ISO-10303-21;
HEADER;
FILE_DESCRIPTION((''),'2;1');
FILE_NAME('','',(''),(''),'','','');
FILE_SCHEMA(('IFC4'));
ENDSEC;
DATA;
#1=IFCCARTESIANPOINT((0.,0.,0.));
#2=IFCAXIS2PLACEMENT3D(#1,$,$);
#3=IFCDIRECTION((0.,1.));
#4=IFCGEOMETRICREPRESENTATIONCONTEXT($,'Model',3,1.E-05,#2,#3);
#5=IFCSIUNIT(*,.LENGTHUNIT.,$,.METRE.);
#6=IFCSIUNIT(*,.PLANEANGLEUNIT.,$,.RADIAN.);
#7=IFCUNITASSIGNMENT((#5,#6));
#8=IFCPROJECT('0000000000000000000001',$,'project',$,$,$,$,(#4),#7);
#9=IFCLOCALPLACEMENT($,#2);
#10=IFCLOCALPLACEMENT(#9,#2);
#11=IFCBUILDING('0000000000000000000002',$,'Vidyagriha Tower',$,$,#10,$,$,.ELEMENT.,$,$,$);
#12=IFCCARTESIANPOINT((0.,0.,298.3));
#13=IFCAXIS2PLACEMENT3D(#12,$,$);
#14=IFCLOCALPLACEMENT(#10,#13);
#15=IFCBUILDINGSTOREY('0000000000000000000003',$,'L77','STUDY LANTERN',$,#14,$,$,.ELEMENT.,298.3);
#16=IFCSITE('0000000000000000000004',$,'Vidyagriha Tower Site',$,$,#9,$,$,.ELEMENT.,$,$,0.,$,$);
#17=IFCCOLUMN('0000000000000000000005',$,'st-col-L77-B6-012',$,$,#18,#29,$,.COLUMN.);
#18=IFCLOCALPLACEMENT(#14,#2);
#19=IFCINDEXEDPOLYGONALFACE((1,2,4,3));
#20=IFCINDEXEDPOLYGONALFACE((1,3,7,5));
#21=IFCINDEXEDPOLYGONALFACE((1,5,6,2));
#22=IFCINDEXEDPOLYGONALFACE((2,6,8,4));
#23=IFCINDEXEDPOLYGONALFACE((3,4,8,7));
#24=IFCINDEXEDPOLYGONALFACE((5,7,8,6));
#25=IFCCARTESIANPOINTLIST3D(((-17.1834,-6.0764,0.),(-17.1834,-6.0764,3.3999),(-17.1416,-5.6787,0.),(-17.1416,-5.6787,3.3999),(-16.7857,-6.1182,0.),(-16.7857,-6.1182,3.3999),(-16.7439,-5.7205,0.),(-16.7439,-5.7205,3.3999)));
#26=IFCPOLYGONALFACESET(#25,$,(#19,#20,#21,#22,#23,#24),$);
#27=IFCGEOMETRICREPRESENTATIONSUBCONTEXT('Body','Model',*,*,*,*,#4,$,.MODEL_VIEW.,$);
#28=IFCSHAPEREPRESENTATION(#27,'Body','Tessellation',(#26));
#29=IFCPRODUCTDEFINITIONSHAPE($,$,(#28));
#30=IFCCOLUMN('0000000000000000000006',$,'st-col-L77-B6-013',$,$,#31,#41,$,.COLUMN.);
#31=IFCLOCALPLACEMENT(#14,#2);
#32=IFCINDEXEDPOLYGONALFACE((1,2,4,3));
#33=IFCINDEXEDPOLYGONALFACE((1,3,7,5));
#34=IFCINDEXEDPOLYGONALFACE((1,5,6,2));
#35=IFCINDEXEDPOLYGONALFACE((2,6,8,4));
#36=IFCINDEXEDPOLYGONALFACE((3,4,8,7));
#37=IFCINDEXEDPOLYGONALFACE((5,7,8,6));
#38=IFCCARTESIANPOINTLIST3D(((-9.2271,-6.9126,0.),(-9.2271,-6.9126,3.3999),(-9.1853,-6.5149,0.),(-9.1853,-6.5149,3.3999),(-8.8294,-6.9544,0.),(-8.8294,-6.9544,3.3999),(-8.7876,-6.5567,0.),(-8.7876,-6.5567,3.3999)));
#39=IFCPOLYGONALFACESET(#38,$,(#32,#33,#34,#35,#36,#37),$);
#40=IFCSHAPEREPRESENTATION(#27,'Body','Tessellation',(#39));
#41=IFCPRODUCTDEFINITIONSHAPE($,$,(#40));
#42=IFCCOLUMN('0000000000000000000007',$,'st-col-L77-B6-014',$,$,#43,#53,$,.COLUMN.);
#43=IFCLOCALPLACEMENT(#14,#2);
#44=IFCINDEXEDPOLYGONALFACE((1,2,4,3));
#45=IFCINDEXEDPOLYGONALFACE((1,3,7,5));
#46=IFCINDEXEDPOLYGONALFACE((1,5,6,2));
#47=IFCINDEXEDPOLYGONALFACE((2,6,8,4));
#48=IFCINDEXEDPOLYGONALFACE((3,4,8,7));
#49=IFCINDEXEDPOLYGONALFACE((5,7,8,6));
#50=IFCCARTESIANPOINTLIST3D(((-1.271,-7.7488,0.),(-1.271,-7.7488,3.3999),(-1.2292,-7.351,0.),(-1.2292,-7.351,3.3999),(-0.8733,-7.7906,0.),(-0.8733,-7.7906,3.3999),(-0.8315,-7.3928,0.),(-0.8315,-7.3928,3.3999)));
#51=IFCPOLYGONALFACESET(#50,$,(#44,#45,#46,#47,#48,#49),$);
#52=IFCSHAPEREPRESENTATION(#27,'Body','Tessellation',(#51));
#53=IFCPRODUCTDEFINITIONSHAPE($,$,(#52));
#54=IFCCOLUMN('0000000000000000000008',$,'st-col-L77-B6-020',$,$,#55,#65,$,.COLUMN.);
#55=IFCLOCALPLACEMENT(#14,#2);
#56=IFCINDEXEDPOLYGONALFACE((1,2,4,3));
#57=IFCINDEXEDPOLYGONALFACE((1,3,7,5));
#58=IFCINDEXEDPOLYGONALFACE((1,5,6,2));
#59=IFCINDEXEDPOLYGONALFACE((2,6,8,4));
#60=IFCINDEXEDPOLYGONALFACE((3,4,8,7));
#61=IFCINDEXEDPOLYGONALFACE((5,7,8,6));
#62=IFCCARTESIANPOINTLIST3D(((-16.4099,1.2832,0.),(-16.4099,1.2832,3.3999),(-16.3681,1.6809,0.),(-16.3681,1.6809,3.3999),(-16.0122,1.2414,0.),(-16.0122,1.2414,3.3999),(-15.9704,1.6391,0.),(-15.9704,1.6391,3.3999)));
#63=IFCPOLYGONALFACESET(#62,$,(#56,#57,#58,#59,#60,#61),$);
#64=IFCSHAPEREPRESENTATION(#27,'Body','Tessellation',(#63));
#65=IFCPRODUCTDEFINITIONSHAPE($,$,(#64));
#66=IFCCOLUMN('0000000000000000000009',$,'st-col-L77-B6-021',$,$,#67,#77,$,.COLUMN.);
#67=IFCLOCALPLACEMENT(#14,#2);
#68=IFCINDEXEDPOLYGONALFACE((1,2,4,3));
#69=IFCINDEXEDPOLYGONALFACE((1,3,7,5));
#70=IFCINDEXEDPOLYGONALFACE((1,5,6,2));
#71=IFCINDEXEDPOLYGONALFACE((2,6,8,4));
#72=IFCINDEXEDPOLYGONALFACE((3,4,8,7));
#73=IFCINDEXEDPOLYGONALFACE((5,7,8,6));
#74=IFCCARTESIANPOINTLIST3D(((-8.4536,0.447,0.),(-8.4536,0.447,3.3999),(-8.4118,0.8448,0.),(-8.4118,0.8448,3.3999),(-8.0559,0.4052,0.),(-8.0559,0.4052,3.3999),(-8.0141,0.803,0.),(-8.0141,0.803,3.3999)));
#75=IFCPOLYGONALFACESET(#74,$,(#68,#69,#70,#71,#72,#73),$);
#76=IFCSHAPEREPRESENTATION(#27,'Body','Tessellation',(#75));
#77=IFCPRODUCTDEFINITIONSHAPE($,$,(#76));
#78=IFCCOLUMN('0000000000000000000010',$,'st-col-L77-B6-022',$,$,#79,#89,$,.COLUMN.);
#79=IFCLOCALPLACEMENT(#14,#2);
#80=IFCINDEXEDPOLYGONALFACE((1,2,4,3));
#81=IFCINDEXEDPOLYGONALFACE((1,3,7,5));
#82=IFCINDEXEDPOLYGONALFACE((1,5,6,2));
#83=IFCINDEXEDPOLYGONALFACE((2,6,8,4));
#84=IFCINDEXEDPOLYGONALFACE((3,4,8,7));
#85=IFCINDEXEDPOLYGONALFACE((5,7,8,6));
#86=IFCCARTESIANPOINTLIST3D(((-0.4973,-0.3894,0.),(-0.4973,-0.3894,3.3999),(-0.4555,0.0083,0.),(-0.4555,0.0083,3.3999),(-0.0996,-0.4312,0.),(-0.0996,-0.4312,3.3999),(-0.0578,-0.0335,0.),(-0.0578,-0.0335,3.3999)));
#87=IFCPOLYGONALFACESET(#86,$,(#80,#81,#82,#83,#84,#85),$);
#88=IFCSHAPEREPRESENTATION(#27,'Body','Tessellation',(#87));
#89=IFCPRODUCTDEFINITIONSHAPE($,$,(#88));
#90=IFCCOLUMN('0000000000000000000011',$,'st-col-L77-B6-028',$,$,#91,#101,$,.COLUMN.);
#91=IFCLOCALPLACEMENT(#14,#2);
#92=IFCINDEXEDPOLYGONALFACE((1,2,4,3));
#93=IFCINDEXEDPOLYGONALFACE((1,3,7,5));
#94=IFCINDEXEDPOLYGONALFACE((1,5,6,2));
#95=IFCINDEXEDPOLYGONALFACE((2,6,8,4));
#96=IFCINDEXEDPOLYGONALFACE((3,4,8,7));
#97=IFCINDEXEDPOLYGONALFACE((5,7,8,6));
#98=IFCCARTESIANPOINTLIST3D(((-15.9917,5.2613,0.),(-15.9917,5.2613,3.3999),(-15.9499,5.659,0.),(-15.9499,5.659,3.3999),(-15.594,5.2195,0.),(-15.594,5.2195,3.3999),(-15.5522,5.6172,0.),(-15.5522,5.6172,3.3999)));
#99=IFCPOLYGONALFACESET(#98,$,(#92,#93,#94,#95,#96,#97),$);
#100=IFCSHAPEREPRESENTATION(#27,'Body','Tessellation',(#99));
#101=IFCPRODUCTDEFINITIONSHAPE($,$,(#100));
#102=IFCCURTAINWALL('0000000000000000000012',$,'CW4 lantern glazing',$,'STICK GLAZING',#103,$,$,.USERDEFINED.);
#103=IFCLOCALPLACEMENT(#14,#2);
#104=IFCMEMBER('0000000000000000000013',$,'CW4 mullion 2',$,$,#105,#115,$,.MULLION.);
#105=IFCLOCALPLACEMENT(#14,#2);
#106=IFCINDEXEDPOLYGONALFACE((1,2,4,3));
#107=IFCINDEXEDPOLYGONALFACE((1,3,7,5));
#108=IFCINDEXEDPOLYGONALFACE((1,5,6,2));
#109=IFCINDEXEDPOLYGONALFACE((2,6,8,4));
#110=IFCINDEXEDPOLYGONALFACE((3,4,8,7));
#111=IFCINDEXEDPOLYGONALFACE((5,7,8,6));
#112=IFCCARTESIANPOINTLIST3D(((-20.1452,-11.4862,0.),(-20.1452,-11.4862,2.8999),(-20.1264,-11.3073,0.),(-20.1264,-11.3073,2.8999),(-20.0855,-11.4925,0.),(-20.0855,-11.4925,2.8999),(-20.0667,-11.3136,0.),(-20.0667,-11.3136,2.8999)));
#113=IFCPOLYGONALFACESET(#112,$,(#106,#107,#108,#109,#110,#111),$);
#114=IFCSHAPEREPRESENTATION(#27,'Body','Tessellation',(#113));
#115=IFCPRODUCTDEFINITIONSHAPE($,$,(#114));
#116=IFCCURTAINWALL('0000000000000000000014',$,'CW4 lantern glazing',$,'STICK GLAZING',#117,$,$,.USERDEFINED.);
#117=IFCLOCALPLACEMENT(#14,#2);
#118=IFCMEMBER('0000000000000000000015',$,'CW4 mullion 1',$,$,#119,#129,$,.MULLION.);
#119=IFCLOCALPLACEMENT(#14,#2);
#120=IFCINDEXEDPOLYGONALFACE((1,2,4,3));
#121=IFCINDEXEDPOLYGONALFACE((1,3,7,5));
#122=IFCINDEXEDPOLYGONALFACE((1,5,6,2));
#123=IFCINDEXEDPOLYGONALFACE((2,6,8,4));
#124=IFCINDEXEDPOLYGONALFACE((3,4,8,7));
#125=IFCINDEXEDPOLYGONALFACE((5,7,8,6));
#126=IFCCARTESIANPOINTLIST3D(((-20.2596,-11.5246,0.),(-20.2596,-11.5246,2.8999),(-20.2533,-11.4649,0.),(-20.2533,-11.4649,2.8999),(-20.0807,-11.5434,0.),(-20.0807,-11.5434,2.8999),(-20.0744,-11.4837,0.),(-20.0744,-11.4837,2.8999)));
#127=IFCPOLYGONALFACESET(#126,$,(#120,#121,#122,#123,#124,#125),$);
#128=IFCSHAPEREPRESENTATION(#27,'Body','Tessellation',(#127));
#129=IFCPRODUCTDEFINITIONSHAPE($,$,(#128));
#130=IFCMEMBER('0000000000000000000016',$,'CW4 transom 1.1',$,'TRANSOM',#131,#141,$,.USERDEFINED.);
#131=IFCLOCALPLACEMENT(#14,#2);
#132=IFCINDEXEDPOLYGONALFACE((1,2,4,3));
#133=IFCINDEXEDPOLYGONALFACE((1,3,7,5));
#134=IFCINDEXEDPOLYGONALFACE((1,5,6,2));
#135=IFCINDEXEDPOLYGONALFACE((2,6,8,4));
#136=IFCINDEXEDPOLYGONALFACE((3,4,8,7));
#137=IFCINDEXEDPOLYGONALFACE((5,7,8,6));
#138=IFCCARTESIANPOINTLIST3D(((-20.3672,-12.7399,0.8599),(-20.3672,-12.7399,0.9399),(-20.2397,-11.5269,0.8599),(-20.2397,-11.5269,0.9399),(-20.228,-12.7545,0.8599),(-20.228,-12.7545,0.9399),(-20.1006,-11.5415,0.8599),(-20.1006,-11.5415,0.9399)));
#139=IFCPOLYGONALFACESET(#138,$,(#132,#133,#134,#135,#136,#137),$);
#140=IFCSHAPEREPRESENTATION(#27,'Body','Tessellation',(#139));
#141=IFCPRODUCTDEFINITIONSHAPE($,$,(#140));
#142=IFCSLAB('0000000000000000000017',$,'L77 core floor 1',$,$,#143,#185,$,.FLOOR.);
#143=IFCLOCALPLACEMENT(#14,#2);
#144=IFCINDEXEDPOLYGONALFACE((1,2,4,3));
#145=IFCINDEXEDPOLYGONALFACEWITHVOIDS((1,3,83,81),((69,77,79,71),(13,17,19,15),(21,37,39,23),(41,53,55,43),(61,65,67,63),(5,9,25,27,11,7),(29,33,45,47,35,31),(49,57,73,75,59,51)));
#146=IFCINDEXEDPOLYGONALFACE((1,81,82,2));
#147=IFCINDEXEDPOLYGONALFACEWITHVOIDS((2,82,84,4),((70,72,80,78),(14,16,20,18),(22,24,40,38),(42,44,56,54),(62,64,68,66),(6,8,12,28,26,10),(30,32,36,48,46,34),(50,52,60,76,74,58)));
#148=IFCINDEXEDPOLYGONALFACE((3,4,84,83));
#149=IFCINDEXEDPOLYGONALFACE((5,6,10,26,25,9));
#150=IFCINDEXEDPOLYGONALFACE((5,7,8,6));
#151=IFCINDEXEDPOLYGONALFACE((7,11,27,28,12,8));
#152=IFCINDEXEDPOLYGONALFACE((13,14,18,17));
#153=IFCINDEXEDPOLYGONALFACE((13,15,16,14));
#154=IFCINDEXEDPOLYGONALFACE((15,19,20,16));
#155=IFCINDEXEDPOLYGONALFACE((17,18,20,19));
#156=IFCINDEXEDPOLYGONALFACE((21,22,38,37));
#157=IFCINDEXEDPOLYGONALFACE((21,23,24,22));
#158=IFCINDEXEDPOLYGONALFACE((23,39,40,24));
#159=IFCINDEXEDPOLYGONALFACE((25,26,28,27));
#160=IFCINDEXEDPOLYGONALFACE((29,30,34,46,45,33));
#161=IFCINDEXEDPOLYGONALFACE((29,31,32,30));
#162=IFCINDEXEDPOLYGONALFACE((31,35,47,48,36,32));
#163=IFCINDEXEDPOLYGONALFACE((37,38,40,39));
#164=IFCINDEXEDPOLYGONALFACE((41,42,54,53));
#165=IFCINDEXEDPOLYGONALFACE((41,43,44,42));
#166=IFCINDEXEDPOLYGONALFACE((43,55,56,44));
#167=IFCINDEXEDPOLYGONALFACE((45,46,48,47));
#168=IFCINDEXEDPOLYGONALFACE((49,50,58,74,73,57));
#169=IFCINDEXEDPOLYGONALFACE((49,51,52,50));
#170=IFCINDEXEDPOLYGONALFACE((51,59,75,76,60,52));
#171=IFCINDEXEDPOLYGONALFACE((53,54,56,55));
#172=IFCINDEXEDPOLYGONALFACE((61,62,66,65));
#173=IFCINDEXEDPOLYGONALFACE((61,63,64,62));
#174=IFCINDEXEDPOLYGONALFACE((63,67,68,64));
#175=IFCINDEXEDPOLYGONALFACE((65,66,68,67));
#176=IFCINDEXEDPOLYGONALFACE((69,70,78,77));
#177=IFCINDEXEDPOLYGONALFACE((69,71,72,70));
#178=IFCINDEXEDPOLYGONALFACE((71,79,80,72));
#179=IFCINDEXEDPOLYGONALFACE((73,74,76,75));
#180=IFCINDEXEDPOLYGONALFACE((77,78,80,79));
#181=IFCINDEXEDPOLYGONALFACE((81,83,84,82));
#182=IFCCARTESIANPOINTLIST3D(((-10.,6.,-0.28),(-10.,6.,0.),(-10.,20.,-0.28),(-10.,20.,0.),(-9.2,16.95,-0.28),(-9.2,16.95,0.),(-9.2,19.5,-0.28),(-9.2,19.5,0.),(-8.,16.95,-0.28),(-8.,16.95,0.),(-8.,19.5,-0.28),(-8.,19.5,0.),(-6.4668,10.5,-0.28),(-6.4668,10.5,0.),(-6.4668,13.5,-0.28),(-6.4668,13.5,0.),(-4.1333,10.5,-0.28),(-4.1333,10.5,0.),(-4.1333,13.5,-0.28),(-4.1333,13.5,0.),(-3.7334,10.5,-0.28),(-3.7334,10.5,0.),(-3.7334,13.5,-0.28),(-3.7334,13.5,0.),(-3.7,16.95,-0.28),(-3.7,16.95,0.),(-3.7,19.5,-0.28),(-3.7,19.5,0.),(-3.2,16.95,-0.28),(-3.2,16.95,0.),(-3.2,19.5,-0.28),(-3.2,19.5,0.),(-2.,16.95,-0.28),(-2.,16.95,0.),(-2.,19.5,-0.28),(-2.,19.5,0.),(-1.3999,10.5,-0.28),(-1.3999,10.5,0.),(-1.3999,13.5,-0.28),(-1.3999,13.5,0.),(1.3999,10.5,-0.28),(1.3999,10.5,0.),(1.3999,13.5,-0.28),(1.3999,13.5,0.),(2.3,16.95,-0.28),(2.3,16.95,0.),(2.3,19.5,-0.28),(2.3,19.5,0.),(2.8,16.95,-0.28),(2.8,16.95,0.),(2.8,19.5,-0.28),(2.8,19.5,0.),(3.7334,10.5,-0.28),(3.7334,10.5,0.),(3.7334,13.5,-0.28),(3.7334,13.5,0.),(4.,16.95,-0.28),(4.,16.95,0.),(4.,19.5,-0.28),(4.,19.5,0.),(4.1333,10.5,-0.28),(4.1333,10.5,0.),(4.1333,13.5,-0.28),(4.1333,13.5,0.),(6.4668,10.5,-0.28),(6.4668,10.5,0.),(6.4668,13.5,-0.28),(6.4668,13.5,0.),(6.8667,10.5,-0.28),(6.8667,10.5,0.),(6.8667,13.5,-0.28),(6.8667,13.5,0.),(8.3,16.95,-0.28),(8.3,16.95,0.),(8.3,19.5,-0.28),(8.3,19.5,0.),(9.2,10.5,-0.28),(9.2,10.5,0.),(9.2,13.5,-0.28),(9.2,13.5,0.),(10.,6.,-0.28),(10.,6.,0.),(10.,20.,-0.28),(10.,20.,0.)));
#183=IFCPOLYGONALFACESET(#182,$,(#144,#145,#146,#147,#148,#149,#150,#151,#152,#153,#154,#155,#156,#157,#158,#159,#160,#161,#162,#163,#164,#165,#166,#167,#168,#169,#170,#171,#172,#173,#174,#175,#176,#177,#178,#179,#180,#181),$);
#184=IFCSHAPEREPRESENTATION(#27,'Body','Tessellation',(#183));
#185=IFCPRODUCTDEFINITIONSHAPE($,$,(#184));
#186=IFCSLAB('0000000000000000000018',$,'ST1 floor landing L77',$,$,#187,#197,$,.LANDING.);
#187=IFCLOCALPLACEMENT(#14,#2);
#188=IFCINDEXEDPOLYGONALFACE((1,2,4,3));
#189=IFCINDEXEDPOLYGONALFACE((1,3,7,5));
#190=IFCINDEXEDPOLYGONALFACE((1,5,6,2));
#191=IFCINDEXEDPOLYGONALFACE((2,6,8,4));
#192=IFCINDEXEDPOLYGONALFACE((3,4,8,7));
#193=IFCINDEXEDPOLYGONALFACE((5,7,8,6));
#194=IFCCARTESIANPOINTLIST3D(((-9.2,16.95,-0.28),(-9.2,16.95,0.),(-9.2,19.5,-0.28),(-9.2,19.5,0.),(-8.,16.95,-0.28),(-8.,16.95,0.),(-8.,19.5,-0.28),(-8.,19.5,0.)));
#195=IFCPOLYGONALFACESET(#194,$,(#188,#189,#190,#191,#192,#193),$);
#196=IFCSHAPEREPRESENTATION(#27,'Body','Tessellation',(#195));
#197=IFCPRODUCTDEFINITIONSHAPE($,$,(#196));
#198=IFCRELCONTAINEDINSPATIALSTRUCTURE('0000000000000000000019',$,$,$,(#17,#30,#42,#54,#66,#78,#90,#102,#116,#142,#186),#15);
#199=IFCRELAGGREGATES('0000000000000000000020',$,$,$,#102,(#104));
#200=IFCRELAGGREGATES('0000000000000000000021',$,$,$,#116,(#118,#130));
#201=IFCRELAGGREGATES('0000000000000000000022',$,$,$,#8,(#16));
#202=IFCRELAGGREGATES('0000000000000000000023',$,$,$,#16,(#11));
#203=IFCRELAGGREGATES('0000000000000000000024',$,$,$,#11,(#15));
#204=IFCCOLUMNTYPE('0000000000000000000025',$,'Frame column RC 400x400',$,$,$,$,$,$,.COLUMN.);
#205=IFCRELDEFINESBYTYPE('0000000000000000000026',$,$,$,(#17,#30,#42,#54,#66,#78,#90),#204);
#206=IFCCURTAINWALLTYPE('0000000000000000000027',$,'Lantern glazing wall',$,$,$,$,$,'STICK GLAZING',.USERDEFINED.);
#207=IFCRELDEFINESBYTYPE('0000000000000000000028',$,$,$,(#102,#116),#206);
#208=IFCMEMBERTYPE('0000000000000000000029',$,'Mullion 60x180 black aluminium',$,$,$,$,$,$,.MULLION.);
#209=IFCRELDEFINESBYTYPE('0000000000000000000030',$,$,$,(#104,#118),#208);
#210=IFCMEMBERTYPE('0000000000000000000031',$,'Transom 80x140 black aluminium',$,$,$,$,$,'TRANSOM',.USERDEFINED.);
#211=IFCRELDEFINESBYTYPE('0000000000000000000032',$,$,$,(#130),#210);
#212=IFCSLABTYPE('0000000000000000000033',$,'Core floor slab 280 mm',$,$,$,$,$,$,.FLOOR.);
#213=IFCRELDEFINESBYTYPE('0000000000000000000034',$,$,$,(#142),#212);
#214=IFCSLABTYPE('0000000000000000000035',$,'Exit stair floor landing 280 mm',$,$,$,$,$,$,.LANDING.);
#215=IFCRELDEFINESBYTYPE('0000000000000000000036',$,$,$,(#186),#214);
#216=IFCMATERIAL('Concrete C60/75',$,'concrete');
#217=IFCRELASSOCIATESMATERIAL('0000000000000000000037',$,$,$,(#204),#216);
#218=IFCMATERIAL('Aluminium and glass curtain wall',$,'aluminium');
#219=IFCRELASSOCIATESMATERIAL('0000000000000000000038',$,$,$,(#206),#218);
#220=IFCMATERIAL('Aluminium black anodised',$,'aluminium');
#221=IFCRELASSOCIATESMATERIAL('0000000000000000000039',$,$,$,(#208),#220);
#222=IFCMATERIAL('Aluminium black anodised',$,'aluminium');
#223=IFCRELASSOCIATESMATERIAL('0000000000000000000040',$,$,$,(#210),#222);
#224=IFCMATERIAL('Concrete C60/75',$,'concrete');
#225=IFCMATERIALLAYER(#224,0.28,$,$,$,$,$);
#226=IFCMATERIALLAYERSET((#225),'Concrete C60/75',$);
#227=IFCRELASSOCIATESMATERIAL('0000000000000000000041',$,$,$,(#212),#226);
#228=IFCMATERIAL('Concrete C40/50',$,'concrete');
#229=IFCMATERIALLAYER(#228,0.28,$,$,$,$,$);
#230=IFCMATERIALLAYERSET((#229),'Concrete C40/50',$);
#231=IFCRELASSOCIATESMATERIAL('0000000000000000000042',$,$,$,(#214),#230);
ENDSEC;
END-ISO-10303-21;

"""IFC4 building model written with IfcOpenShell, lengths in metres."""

from ifc_helpers import new_model, si_unit, direction, frame, origin, origin_2d, place, context, subcontext, project, spatial, polyline, rectangle, outline, extrude, material, layer, layer_set, material_profile, profile_set, type_object, element, aggregate, save


model = new_model("IFC4")

# Units and contexts
model_context = context("Model", 3, precision=1e-05, world=origin(), true_north=direction((0.0, 1.0)))
body_context = subcontext(model_context, "Body", "Model", "MODEL_VIEW")
ifc_project = project(units=[si_unit("LENGTHUNIT", "METRE"), si_unit("PLANEANGLEUNIT", "RADIAN")], contexts=[model_context])

# Site, building, storey
site_placement = place(None, origin())
site = spatial("IfcSite", under=ifc_project, at=site_placement, Name="Vidyagriha Tower Site", CompositionType="ELEMENT", RefElevation=0.0)
building_placement = place(site_placement, origin())
building = spatial("IfcBuilding", under=site, at=building_placement, Name="Vidyagriha Tower", CompositionType="ELEMENT")
storey_placement = place(building_placement, frame((0.0, 0.0, 298.3)))
storey = spatial("IfcBuildingStorey", under=building, at=storey_placement, Name="L77", Description="STUDY LANTERN", CompositionType="ELEMENT", Elevation=298.3)

# Columns
ifc_material_1 = material(Name="Concrete C60/75", Category="concrete")
ifc_material_profile_1 = material_profile(ifc_material_1, rectangle(XDim=0.3999, YDim=0.3999, at=origin_2d()), Name="RC 400x400")
ifc_profile_set_1 = profile_set([ifc_material_profile_1], Name="Concrete C60/75")
column_type = type_object("IfcColumnType", Name="Frame column RC 400x400", PredefinedType="COLUMN", material=ifc_profile_set_1)
for number, where, z_axis, x_axis, name in (
    (1, (-16.9636, -5.8984, 0.0), (0.0, 0.0, 1.0), (0.994522, -0.104528, 0.0), "st-col-L77-B6-012"),
    (2, (-9.0073, -6.7346, 0.0), (0.0, 0.0, 1.0), (0.994522, -0.104528, 0.0), "st-col-L77-B6-013"),
    (3, (-1.0513, -7.5708, 0.0), (0.0, 0.0, 1.0), (0.994522, -0.104528, 0.0), "st-col-L77-B6-014"),
    (4, (-16.1902, 1.4612, 0.0), (0.0, 0.0, 1.0), (0.994522, -0.104528, 0.0), "st-col-L77-B6-020"),
    (5, (-8.2339, 0.625, 0.0), (0.0, 0.0, 1.0), (0.994522, -0.104528, 0.0), "st-col-L77-B6-021"),
    (6, (-0.2776, -0.2114, 0.0), (0.0, 0.0, 1.0), (0.994522, -0.104528, 0.0), "st-col-L77-B6-022"),
    (7, (-15.772, 5.4392, 0.0), (0.0, 0.0, 1.0), (0.994522, -0.104528, 0.0), "st-col-L77-B6-028"),
):
    element("IfcColumn", number, at=place(storey_placement, frame(where, z_axis=z_axis, x_axis=x_axis)), inside=storey, type_object=column_type, Name=name, PredefinedType="COLUMN", context=body_context, shape_type="SweptSolid", body=[
        extrude(rectangle(XDim=0.3999, YDim=0.3999, at=origin_2d()), origin(), (0.0, 0.0, 1.0), 3.3999),
    ])

# Curtain wall, member
ifc_material_2 = material(Name="Aluminium and glass curtain wall", Category="aluminium")
curtain_wall_type = type_object("IfcCurtainWallType", Name="Lantern glazing wall", ElementType="STICK GLAZING", PredefinedType="USERDEFINED", material=ifc_material_2)
curtain_wall_1_placement = place(storey_placement, origin())
curtain_wall_1 = element("IfcCurtainWall", 8, at=curtain_wall_1_placement, inside=storey, type_object=curtain_wall_type, Name="CW4 lantern glazing", ObjectType="STICK GLAZING", PredefinedType="USERDEFINED")
ifc_material_3 = material(Name="Aluminium black anodised", Category="aluminium")
ifc_material_profile_2 = material_profile(ifc_material_3, rectangle(XDim=0.1799, YDim=0.0601, at=origin_2d()), Name="Mullion 60x180 black aluminium")
ifc_profile_set_2 = profile_set([ifc_material_profile_2], Name="Aluminium black anodised")
member_type_1 = type_object("IfcMemberType", Name="Mullion 60x180 black aluminium", PredefinedType="MULLION", material=ifc_profile_set_2)
member_1_placement = place(storey_placement, frame((-20.106, -11.3999, 0.0), z_axis=(0.0, 0.0, 1.0), x_axis=(0.104519, 0.994523, 0.0)))
member_1 = element("IfcMember", 9, at=member_1_placement, type_object=member_type_1, Name="CW4 mullion 2", PredefinedType="MULLION", context=body_context, shape_type="SweptSolid", body=[
    extrude(rectangle(XDim=0.1799, YDim=0.0601, at=origin_2d()), origin(), (0.0, 0.0, 1.0), 2.8999),
])
aggregate(curtain_wall_1, [member_1])

# Curtain wall, members
curtain_wall_2_placement = place(storey_placement, origin())
curtain_wall_2 = element("IfcCurtainWall", 10, at=curtain_wall_2_placement, inside=storey, type_object=curtain_wall_type, Name="CW4 lantern glazing", ObjectType="STICK GLAZING", PredefinedType="USERDEFINED")
member_2_placement = place(storey_placement, frame((-20.167, -11.5042, 0.0), z_axis=(0.0, 0.0, 1.0), x_axis=(0.994519, -0.104557, 0.0)))
member_2 = element("IfcMember", 11, at=member_2_placement, type_object=member_type_1, Name="CW4 mullion 1", PredefinedType="MULLION", context=body_context, shape_type="SweptSolid", body=[
    extrude(rectangle(XDim=0.1799, YDim=0.0601, at=origin_2d()), origin(), (0.0, 0.0, 1.0), 2.8999),
])
ifc_material_4 = material(Name="Aluminium black anodised", Category="aluminium")
ifc_material_profile_3 = material_profile(ifc_material_4, rectangle(XDim=0.1399, YDim=0.0801, at=origin_2d()), Name="Transom 80x140 black aluminium")
ifc_profile_set_3 = profile_set([ifc_material_profile_3], Name="Aluminium black anodised")
member_type_2 = type_object("IfcMemberType", Name="Transom 80x140 black aluminium", ElementType="TRANSOM", PredefinedType="USERDEFINED", material=ifc_profile_set_3)
member_3_placement = place(storey_placement, frame((-20.1702, -11.5342, 0.8999), z_axis=(-0.104476, -0.994527, 0.0), x_axis=(0.994527, -0.104476, 0.0)))
member_3 = element("IfcMember", 12, at=member_3_placement, type_object=member_type_2, Name="CW4 transom 1.1", ObjectType="TRANSOM", PredefinedType="USERDEFINED", context=body_context, shape_type="SweptSolid", body=[
    extrude(rectangle(XDim=0.1399, YDim=0.0801, at=origin_2d()), origin(), (0.0, 0.0, 1.0), 1.2197),
])
aggregate(curtain_wall_2, [member_2, member_3])

# Slabs
ifc_material_5 = material(Name="Concrete C60/75", Category="concrete")
ifc_layer_1 = layer(ifc_material_5, 0.28)
ifc_layer_set_1 = layer_set([ifc_layer_1], Name="Concrete C60/75")
slab_type_1 = type_object("IfcSlabType", Name="Core floor slab 280 mm", PredefinedType="FLOOR", material=ifc_layer_set_1)
slab_1_placement = place(storey_placement, frame((0.0, 0.0, -0.28)))
element("IfcSlab", 13, at=slab_1_placement, inside=storey, type_object=slab_type_1, Name="L77 core floor 1", PredefinedType="FLOOR", context=body_context, shape_type="SweptSolid", body=[
    extrude(outline(polyline([(-10.0, 6.0), (-10.0, 20.0), (10.0, 20.0), (10.0, 6.0), (-10.0, 6.0)]), holes=[polyline([(6.8667, 13.5), (6.8667, 10.5), (9.2, 10.5), (9.2, 13.5), (6.8667, 13.5)]), polyline([(4.0, 19.5), (2.8, 19.5), (2.8, 16.95), (4.0, 16.95), (8.3, 16.95), (8.3, 19.5), (4.0, 19.5)]), polyline([(6.4668, 13.5), (4.1333, 13.5), (4.1333, 10.5), (6.4668, 10.5), (6.4668, 13.5)]), polyline([(3.7334, 13.5), (1.3999, 13.5), (1.3999, 10.5), (3.7334, 10.5), (3.7334, 13.5)]), polyline([(-2.0, 16.95), (2.3, 16.95), (2.3, 19.5), (-2.0, 19.5), (-3.2, 19.5), (-3.2, 16.95), (-2.0, 16.95)]), polyline([(-3.7334, 13.5), (-3.7334, 10.5), (-1.3999, 10.5), (-1.3999, 13.5), (-3.7334, 13.5)]), polyline([(-9.2, 19.5), (-9.2, 16.95), (-8.0, 16.95), (-3.7, 16.95), (-3.7, 19.5), (-8.0, 19.5), (-9.2, 19.5)]), polyline([(-6.4668, 13.5), (-6.4668, 10.5), (-4.1333, 10.5), (-4.1333, 13.5), (-6.4668, 13.5)])]), origin(), (0.0, 0.0, 1.0), 0.28),
])
ifc_material_6 = material(Name="Concrete C40/50", Category="concrete")
ifc_layer_2 = layer(ifc_material_6, 0.28)
ifc_layer_set_2 = layer_set([ifc_layer_2], Name="Concrete C40/50")
slab_type_2 = type_object("IfcSlabType", Name="Exit stair floor landing 280 mm", PredefinedType="LANDING", material=ifc_layer_set_2)
slab_2_placement = place(storey_placement, frame((0.0, 0.0, -0.28)))
element("IfcSlab", 14, at=slab_2_placement, inside=storey, type_object=slab_type_2, Name="ST1 floor landing L77", PredefinedType="LANDING", context=body_context, shape_type="SweptSolid", body=[
    extrude(outline(polyline([(-9.2, 16.95), (-8.0, 16.95), (-8.0, 19.5), (-9.2, 19.5), (-9.2, 16.95)])), origin(), (0.0, 0.0, 1.0), 0.28),
])

save(model, "model.ifc")
